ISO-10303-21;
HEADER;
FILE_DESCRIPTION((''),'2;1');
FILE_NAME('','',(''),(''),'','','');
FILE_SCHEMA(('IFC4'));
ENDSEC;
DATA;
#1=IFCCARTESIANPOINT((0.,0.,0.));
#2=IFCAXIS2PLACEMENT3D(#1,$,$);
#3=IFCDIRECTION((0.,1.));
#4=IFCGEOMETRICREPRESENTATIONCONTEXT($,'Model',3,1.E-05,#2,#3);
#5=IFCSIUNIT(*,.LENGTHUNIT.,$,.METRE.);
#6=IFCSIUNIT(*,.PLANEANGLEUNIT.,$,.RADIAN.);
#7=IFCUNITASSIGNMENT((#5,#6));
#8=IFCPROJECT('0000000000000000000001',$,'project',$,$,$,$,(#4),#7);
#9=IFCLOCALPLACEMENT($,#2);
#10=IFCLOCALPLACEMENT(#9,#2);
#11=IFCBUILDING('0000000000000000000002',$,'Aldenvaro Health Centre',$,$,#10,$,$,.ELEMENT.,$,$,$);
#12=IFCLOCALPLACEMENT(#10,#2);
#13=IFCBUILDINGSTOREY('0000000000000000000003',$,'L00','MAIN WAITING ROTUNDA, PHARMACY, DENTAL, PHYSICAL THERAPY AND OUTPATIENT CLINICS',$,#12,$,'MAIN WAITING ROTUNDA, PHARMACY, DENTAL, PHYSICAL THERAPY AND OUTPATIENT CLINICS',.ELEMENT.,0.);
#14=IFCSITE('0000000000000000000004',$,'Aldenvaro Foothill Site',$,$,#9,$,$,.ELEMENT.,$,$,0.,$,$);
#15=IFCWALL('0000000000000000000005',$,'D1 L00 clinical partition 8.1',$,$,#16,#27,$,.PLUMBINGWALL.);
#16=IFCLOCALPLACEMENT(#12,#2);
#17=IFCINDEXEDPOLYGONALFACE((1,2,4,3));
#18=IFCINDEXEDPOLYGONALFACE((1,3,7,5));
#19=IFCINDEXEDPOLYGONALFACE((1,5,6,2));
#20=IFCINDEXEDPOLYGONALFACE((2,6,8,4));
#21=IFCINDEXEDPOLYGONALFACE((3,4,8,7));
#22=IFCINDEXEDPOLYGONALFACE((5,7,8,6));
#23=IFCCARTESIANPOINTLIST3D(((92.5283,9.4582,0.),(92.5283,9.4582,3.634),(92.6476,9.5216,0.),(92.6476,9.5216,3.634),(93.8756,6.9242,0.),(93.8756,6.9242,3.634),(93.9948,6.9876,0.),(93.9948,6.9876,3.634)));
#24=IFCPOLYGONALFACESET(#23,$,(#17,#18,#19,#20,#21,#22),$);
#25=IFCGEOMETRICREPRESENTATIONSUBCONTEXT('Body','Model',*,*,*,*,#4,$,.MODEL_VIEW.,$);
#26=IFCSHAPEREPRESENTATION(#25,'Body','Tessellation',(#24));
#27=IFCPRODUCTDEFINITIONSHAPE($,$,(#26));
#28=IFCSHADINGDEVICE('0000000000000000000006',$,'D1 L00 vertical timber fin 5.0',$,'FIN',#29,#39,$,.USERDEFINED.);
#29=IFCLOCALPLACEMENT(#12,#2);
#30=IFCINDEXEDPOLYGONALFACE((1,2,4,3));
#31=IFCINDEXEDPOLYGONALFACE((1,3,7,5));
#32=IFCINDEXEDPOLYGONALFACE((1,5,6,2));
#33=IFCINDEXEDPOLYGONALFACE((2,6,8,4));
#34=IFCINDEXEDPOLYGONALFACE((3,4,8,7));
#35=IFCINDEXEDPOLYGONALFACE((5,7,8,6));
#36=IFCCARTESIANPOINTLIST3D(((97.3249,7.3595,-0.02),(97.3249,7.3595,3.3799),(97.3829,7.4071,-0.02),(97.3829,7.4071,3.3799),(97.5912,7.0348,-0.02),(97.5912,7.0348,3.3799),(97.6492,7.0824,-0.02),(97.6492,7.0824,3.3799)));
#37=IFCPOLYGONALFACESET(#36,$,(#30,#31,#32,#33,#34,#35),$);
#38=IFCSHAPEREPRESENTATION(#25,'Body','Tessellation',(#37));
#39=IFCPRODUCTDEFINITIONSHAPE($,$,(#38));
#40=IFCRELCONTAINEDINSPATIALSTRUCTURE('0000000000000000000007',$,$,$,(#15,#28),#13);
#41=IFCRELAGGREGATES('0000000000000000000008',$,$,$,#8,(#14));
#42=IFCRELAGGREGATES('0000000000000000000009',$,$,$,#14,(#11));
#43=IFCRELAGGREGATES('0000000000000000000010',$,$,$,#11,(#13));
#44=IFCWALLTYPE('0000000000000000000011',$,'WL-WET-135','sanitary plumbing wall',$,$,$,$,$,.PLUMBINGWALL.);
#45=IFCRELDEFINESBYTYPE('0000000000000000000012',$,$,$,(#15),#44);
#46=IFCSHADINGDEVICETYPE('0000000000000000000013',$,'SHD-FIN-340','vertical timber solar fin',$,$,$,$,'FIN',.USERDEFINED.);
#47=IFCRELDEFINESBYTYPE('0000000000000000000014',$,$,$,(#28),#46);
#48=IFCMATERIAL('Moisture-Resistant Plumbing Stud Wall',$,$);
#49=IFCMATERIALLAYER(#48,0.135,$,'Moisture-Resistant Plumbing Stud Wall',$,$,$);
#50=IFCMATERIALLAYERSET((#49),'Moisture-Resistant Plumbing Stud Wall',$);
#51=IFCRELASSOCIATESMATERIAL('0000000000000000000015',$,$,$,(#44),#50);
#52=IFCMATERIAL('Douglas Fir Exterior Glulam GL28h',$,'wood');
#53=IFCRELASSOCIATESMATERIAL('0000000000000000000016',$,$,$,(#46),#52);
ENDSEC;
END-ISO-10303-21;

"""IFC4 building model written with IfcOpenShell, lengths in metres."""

from ifc_helpers import new_model, si_unit, direction, frame, frame_2d, origin, origin_2d, place, context, subcontext, project, spatial, rectangle, extrude, material, layer, layer_set, type_object, element, save


model = new_model("IFC4")

# Units and contexts
model_context = context("Model", 3, precision=1e-05, world=origin(), true_north=direction((0.0, 1.0)))
body_context = subcontext(model_context, "Body", "Model", "MODEL_VIEW")
ifc_project = project(units=[si_unit("LENGTHUNIT", "METRE"), si_unit("PLANEANGLEUNIT", "RADIAN")], contexts=[model_context])

# Site, building, storey
site_placement = place(None, origin())
site = spatial("IfcSite", under=ifc_project, at=site_placement, Name="Aldenvaro Foothill Site", CompositionType="ELEMENT", RefElevation=0.0)
building_placement = place(site_placement, origin())
building = spatial("IfcBuilding", under=site, at=building_placement, Name="Aldenvaro Health Centre", CompositionType="ELEMENT")
storey_placement = place(building_placement, origin())
storey = spatial("IfcBuildingStorey", under=building, at=storey_placement, Name="L00", Description="MAIN WAITING ROTUNDA, PHARMACY, DENTAL, PHYSICAL THERAPY AND OUTPATIENT CLINICS", LongName="MAIN WAITING ROTUNDA, PHARMACY, DENTAL, PHYSICAL THERAPY AND OUTPATIENT CLINICS", CompositionType="ELEMENT", Elevation=0.0)

# Wall
ifc_material_1 = material(Name="Moisture-Resistant Plumbing Stud Wall")
ifc_layer_1 = layer(ifc_material_1, 0.135, Name="Moisture-Resistant Plumbing Stud Wall")
ifc_layer_set_1 = layer_set([ifc_layer_1], Name="Moisture-Resistant Plumbing Stud Wall")
wall_type_1 = type_object("IfcWallType", Name="WL-WET-135", Description="sanitary plumbing wall", PredefinedType="PLUMBINGWALL", material=ifc_layer_set_1)
wall_1_placement = place(storey_placement, frame((92.5879, 9.49, 0.0), z_axis=(0.0, 0.0, 1.0), x_axis=(0.469431, -0.882969, 0.0)))
element("IfcWall", 1, at=wall_1_placement, inside=storey, type_object=wall_type_1, Name="D1 L00 clinical partition 8.1", PredefinedType="PLUMBINGWALL", context=body_context, shape_type="SweptSolid", body=[
    extrude(rectangle(XDim=2.8699, YDim=0.135, at=frame_2d((1.4351, 0.0))), origin(), (0.0, 0.0, 1.0), 3.634),
])

# Shading device
ifc_material_2 = material(Name="Douglas Fir Exterior Glulam GL28h", Category="wood")
shading_device_type = type_object("IfcShadingDeviceType", Name="SHD-FIN-340", Description="vertical timber solar fin", ElementType="FIN", PredefinedType="USERDEFINED", material=ifc_material_2)
shading_device_placement = place(storey_placement, frame((97.4871, 7.2209, -0.02), z_axis=(0.0, 0.0, 1.0), x_axis=(-0.773195, -0.634169, 0.0)))
element("IfcShadingDevice", 2, at=shading_device_placement, inside=storey, type_object=shading_device_type, Name="D1 L00 vertical timber fin 5.0", ObjectType="FIN", PredefinedType="USERDEFINED", context=body_context, shape_type="SweptSolid", body=[
    extrude(rectangle(XDim=0.075, YDim=0.4199, at=origin_2d()), origin(), (0.0, 0.0, 1.0), 3.3999),
])

save(model, "model.ifc")
